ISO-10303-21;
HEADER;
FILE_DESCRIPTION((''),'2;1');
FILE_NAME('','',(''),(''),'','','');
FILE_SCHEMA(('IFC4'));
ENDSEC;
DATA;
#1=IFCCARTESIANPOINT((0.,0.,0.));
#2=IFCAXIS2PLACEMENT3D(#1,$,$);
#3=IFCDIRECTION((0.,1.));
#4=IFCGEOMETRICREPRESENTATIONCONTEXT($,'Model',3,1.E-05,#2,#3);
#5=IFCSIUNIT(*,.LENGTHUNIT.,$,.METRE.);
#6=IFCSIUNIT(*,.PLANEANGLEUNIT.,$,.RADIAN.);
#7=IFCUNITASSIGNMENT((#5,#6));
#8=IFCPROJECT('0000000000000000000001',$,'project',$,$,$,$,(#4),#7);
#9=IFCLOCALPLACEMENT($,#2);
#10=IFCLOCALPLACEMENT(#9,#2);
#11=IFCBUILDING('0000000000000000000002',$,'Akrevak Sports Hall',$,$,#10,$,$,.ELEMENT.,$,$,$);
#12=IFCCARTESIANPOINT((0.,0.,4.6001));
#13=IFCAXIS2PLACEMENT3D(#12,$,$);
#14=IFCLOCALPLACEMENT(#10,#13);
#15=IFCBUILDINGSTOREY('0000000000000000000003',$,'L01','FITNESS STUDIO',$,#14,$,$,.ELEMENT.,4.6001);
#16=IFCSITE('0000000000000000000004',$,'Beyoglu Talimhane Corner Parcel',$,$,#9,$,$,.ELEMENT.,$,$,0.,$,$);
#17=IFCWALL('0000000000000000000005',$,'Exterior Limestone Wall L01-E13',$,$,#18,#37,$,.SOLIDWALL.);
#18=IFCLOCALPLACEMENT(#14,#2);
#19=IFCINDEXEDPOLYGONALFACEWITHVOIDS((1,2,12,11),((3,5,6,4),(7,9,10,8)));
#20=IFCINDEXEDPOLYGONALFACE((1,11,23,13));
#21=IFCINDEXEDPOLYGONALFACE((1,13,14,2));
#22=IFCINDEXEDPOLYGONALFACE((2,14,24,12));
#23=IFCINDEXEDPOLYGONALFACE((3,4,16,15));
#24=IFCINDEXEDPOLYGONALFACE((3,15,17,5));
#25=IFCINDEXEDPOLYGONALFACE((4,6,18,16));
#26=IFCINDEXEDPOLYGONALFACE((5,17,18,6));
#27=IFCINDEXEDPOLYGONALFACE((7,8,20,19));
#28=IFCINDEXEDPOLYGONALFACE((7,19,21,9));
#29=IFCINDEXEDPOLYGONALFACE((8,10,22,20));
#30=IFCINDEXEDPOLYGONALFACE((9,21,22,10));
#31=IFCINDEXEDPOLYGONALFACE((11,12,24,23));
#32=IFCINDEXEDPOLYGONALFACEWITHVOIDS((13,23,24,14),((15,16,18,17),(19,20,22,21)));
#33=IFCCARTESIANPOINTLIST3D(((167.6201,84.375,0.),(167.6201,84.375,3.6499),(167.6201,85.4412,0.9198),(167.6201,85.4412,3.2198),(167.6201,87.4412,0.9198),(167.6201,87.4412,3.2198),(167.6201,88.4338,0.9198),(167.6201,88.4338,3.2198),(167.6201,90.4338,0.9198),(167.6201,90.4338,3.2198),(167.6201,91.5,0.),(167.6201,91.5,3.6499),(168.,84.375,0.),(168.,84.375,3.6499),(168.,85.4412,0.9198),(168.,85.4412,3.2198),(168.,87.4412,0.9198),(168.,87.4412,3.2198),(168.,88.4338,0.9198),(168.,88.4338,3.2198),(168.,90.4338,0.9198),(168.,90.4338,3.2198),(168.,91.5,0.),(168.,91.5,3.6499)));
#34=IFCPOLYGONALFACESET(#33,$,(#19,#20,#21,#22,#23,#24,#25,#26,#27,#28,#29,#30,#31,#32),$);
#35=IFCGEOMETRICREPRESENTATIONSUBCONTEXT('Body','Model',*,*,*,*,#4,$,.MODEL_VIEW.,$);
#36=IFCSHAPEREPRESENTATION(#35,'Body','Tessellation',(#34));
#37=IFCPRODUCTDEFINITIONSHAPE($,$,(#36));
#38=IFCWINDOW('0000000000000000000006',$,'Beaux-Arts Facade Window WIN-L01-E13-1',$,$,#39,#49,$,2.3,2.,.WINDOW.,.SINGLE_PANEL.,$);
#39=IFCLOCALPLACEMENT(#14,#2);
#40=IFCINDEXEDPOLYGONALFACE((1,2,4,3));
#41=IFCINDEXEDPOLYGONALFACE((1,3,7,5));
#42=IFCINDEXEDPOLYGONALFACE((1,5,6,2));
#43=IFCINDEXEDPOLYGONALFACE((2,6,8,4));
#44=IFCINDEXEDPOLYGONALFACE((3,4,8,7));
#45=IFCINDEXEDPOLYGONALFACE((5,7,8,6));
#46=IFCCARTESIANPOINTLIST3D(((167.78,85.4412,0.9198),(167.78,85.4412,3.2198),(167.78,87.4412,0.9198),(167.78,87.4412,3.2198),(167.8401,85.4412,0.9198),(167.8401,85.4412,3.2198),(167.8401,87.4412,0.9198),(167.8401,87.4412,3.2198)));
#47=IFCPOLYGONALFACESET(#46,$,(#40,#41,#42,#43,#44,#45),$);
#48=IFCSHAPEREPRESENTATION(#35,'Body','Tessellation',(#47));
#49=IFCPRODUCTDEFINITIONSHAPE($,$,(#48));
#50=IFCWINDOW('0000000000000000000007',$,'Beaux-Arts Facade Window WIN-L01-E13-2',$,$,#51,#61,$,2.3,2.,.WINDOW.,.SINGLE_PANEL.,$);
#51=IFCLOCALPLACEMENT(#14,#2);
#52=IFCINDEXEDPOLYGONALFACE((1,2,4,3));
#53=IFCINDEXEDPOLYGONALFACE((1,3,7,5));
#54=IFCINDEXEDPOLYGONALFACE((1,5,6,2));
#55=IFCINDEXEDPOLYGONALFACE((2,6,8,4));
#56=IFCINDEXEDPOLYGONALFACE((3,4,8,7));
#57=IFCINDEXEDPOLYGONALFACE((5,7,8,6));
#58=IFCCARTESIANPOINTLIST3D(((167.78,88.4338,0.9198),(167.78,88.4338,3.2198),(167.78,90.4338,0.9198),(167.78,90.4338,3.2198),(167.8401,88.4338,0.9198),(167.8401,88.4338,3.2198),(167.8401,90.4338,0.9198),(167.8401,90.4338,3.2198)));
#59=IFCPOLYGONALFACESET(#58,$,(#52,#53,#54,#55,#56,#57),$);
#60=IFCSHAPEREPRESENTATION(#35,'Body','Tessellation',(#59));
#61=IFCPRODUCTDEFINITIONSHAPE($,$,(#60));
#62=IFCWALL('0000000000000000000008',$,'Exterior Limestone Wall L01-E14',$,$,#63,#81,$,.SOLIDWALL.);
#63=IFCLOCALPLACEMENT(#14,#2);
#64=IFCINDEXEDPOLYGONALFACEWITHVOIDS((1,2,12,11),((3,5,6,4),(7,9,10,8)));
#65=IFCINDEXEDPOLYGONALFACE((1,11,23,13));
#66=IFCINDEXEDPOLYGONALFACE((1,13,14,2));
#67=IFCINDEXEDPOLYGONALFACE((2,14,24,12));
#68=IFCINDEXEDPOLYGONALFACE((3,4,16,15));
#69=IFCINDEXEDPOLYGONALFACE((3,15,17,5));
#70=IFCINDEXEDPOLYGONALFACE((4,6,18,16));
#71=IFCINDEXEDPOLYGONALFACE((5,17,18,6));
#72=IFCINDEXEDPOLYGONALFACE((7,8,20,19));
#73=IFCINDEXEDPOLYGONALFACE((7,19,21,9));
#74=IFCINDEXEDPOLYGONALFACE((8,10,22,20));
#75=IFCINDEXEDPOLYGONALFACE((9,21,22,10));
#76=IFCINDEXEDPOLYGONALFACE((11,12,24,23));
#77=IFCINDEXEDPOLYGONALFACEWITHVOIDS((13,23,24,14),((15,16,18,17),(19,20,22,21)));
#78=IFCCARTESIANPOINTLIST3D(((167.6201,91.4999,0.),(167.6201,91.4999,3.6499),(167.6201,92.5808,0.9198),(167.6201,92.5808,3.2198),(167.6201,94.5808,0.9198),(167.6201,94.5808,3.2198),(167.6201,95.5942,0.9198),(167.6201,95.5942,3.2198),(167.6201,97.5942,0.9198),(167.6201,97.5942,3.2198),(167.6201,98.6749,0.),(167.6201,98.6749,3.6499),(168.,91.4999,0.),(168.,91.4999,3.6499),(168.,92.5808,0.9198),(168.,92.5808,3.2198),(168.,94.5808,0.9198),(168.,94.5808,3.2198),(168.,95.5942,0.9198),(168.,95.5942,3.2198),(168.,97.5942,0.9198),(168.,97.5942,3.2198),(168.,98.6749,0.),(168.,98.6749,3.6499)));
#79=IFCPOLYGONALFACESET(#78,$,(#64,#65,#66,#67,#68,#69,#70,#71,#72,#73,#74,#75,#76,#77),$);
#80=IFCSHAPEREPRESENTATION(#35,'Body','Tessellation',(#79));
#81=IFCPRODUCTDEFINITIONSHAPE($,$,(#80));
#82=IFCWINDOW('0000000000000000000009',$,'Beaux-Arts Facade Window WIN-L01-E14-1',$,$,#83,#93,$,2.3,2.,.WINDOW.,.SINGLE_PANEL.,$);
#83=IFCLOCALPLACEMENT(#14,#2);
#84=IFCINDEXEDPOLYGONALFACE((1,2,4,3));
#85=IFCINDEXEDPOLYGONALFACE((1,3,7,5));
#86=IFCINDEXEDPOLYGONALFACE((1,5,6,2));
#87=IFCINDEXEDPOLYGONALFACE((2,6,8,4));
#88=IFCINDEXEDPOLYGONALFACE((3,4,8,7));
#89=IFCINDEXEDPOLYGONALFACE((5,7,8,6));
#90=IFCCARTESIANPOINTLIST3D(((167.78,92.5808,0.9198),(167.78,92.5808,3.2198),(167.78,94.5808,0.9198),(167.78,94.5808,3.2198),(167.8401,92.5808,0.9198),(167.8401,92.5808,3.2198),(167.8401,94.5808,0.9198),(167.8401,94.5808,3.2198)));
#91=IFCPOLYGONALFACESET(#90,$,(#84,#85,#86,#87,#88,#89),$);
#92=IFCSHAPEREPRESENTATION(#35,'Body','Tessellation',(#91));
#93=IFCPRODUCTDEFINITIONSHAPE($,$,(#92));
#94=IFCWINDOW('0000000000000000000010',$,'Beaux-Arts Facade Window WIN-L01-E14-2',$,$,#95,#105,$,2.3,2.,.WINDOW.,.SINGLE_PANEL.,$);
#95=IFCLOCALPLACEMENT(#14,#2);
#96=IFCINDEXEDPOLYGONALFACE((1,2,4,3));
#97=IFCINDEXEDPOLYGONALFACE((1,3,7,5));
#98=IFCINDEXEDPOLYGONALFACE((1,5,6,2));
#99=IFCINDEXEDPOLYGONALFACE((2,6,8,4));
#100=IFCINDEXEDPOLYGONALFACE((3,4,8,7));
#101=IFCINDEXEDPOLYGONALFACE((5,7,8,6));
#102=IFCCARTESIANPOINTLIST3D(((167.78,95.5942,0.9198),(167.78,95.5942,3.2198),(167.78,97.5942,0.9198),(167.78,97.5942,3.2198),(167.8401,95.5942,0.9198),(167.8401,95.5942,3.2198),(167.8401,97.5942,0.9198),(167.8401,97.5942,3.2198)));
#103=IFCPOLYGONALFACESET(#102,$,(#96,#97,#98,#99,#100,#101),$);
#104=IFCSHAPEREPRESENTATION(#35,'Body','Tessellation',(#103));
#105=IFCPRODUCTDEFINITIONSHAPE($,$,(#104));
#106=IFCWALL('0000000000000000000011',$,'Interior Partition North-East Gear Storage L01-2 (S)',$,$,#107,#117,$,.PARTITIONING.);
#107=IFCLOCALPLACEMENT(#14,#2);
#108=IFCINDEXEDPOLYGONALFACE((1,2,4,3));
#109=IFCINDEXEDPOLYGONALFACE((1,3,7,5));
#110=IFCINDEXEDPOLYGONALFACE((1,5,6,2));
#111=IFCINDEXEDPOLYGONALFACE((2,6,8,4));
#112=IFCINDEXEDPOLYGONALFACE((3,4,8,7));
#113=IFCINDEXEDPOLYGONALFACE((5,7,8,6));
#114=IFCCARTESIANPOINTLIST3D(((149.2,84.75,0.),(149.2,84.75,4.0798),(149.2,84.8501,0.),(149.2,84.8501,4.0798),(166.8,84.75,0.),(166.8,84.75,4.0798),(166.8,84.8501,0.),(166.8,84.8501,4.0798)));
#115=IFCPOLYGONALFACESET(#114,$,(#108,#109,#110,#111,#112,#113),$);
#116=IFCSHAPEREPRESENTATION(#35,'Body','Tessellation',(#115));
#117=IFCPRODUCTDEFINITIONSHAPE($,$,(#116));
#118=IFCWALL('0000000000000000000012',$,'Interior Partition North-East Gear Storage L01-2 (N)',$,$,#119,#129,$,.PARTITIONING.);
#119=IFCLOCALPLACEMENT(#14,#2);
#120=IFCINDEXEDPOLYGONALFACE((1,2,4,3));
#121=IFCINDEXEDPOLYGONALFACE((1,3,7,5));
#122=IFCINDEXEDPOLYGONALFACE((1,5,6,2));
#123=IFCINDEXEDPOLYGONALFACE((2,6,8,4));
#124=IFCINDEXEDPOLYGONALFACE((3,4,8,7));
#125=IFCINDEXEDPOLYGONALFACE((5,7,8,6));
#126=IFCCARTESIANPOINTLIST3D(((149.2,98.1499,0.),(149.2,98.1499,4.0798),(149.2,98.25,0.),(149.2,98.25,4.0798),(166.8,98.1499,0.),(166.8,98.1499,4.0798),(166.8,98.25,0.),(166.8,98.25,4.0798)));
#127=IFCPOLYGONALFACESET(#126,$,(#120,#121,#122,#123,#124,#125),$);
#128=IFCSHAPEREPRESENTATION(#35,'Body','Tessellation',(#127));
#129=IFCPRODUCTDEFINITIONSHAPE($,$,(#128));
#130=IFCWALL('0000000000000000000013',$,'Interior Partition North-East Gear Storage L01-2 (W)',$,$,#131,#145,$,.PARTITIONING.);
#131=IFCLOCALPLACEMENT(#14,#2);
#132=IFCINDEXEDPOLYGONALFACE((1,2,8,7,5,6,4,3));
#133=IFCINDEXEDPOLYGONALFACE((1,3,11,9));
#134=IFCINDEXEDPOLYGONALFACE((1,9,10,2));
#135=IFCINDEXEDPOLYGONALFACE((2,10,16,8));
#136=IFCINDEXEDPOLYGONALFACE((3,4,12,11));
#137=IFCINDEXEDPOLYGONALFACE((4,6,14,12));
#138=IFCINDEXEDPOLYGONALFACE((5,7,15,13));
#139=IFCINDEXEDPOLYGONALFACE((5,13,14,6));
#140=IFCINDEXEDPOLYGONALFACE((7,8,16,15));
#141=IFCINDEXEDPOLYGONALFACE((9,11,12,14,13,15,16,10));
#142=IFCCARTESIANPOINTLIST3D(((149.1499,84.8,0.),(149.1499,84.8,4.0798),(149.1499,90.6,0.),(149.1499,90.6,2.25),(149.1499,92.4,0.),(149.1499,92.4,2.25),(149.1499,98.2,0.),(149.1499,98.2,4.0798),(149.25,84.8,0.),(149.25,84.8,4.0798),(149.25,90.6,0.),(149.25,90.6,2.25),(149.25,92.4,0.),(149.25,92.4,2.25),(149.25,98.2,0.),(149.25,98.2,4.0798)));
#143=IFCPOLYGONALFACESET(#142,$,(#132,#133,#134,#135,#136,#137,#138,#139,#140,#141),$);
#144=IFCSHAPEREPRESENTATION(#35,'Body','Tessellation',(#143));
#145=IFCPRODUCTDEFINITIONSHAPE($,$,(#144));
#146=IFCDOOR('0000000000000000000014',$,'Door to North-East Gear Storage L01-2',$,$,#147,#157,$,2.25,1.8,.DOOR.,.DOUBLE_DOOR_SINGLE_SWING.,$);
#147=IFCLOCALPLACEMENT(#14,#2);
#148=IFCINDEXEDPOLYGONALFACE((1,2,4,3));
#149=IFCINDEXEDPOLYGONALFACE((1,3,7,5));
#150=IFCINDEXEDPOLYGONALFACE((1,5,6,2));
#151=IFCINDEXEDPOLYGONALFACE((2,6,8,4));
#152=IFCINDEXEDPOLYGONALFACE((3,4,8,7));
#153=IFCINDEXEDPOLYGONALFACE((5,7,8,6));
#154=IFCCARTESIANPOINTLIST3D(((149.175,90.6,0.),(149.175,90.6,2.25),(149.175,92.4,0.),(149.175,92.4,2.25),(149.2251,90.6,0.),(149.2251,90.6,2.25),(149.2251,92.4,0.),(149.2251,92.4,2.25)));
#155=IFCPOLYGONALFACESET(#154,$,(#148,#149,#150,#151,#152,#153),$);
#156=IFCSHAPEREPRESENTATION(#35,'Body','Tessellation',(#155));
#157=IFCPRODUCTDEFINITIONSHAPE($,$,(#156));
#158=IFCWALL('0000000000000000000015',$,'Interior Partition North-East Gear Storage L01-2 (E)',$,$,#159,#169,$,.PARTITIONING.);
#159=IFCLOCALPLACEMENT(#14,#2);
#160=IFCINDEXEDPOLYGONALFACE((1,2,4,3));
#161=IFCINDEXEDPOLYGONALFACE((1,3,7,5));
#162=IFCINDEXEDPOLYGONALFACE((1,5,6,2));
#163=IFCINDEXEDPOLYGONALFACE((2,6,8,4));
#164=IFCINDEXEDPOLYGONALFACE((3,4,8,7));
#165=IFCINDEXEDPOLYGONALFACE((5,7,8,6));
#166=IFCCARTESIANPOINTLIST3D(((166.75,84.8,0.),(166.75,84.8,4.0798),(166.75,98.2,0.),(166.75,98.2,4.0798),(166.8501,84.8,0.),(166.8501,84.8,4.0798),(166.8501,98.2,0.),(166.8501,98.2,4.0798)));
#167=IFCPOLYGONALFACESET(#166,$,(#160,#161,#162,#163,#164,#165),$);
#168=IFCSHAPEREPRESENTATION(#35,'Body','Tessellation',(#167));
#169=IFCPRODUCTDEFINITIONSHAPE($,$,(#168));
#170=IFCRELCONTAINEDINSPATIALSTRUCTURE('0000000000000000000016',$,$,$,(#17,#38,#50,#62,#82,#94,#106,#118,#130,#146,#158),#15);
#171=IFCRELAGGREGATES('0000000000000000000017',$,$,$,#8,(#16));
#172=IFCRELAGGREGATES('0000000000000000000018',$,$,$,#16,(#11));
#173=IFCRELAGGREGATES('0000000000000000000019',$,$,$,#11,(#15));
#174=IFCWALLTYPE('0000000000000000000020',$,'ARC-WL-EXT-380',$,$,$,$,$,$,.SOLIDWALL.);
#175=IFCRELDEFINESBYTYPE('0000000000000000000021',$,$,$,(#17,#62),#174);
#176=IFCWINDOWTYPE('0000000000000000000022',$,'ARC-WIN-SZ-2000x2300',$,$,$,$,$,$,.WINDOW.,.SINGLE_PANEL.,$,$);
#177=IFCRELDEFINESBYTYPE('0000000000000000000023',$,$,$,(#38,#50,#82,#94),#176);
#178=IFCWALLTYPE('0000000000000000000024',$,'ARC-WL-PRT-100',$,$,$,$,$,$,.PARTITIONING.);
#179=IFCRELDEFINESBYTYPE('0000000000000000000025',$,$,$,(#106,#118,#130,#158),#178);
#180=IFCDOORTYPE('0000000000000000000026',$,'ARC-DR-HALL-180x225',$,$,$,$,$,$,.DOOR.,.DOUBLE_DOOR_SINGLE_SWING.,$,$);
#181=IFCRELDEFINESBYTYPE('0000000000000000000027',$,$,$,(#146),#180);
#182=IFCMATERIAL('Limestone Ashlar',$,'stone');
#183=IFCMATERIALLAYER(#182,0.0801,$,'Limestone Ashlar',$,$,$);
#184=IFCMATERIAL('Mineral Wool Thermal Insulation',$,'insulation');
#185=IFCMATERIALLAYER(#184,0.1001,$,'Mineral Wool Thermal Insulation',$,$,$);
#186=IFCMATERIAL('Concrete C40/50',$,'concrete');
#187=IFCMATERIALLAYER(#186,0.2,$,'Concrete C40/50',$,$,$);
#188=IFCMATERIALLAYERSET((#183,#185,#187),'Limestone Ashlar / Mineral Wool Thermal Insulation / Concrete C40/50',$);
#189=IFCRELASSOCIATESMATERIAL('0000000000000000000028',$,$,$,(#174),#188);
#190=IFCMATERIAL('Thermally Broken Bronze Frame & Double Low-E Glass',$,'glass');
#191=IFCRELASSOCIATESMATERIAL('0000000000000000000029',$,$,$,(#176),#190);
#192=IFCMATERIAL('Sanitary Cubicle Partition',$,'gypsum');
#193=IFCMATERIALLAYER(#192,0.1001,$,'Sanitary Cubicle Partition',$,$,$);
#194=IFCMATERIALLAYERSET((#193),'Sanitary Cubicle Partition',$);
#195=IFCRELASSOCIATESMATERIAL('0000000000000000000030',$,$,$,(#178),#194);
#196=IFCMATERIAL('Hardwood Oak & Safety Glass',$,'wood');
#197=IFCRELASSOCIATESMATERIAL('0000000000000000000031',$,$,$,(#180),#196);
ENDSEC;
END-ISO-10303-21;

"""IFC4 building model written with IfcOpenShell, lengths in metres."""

from ifc_helpers import new_model, si_unit, direction, frame, frame_2d, origin, place, context, subcontext, project, spatial, rectangle, extrude, material, layer, layer_set, type_object, element, fill, save


model = new_model("IFC4")

# Units and contexts
model_context = context("Model", 3, precision=1e-05, world=origin(), true_north=direction((0.0, 1.0)))
body_context = subcontext(model_context, "Body", "Model", "MODEL_VIEW")
ifc_project = project(units=[si_unit("LENGTHUNIT", "METRE"), si_unit("PLANEANGLEUNIT", "RADIAN")], contexts=[model_context])

# Site, building, storey
site_placement = place(None, origin())
site = spatial("IfcSite", under=ifc_project, at=site_placement, Name="Beyoglu Talimhane Corner Parcel", CompositionType="ELEMENT", RefElevation=0.0)
building_placement = place(site_placement, origin())
building = spatial("IfcBuilding", under=site, at=building_placement, Name="Akrevak Sports Hall", CompositionType="ELEMENT")
storey_placement = place(building_placement, frame((0.0, 0.0, 4.6001)))
storey = spatial("IfcBuildingStorey", under=building, at=storey_placement, Name="L01", Description="FITNESS STUDIO", CompositionType="ELEMENT", Elevation=4.6001)

# Shared definitions
ifc_material_1 = material(Name="Concrete C40/50", Category="concrete")

# Walls, openings, windows
ifc_material_2 = material(Name="Limestone Ashlar", Category="stone")
ifc_layer_1 = layer(ifc_material_2, 0.0801, Name="Limestone Ashlar")
ifc_material_3 = material(Name="Mineral Wool Thermal Insulation", Category="insulation")
ifc_layer_2 = layer(ifc_material_3, 0.1001, Name="Mineral Wool Thermal Insulation")
ifc_layer_3 = layer(ifc_material_1, 0.2, Name="Concrete C40/50")
ifc_layer_set_1 = layer_set([ifc_layer_1, ifc_layer_2, ifc_layer_3], Name="Limestone Ashlar / Mineral Wool Thermal Insulation / Concrete C40/50")
wall_type_1 = type_object("IfcWallType", Name="ARC-WL-EXT-380", PredefinedType="SOLIDWALL", material=ifc_layer_set_1)
ifc_material_4 = material(Name="Thermally Broken Bronze Frame & Double Low-E Glass", Category="glass")
window_type = type_object("IfcWindowType", Name="ARC-WIN-SZ-2000x2300", PartitioningType="SINGLE_PANEL", PredefinedType="WINDOW", material=ifc_material_4)
wall_1_placement = place(storey_placement, frame((167.8101, 84.375, 0.0), z_axis=(0.0, 0.0, 1.0), x_axis=(0.0, 1.0, 0.0)))
wall_1 = element("IfcWall", 1, at=wall_1_placement, inside=storey, type_object=wall_type_1, Name="Exterior Limestone Wall L01-E13", PredefinedType="SOLIDWALL", context=body_context, shape_type="SweptSolid", body=[
    extrude(rectangle(XDim=7.125, YDim=0.3799, at=frame_2d((3.5625, 0.0))), origin(), (0.0, 0.0, 1.0), 3.6499),
])
opening_1_placement = place(wall_1_placement, frame((1.0662, 0.0, 0.9199)))
opening_1 = element("IfcOpeningElement", 2, at=opening_1_placement, cuts=wall_1, PredefinedType="OPENING", context=body_context, shape_type="SweptSolid", body=[
    extrude(rectangle(XDim=2.0, YDim=2.3, at=frame_2d((1.0, 1.1499))), frame((0.0, 0.2019, 0.0), z_axis=(0.0, -1.0, 0.0), x_axis=(1.0, 0.0, 0.0)), (0.0, 0.0, 1.0), 0.4038),
])
opening_2_placement = place(wall_1_placement, frame((4.0588, 0.0, 0.9199)))
opening_2 = element("IfcOpeningElement", 3, at=opening_2_placement, cuts=wall_1, PredefinedType="OPENING", context=body_context, shape_type="SweptSolid", body=[
    extrude(rectangle(XDim=2.0, YDim=2.3, at=frame_2d((1.0, 1.1499))), frame((0.0, 0.2019, 0.0), z_axis=(0.0, -1.0, 0.0), x_axis=(1.0, 0.0, 0.0)), (0.0, 0.0, 1.0), 0.4038),
])
window_1_placement = place(opening_1_placement, origin())
window_1 = element("IfcWindow", 4, at=window_1_placement, inside=storey, type_object=window_type, Name="Beaux-Arts Facade Window WIN-L01-E13-1", OverallHeight=2.3, OverallWidth=2.0, PartitioningType="SINGLE_PANEL", PredefinedType="WINDOW", context=body_context, shape_type="SweptSolid", body=[
    extrude(rectangle(XDim=2.0, YDim=2.3, at=frame_2d((1.0, 1.1499))), frame((0.0, 0.03, 0.0), z_axis=(0.0, -1.0, 0.0), x_axis=(1.0, 0.0, 0.0)), (0.0, 0.0, 1.0), 0.0601),
])
fill(opening_1, window_1)
window_2_placement = place(opening_2_placement, origin())
window_2 = element("IfcWindow", 5, at=window_2_placement, inside=storey, type_object=window_type, Name="Beaux-Arts Facade Window WIN-L01-E13-2", OverallHeight=2.3, OverallWidth=2.0, PartitioningType="SINGLE_PANEL", PredefinedType="WINDOW", context=body_context, shape_type="SweptSolid", body=[
    extrude(rectangle(XDim=2.0, YDim=2.3, at=frame_2d((1.0, 1.1499))), frame((0.0, 0.03, 0.0), z_axis=(0.0, -1.0, 0.0), x_axis=(1.0, 0.0, 0.0)), (0.0, 0.0, 1.0), 0.0601),
])
fill(opening_2, window_2)
wall_2_placement = place(storey_placement, frame((167.8101, 91.5, 0.0), z_axis=(0.0, 0.0, 1.0), x_axis=(0.0, 1.0, 0.0)))
wall_2 = element("IfcWall", 6, at=wall_2_placement, inside=storey, type_object=wall_type_1, Name="Exterior Limestone Wall L01-E14", PredefinedType="SOLIDWALL", context=body_context, shape_type="SweptSolid", body=[
    extrude(rectangle(XDim=7.175, YDim=0.3799, at=frame_2d((3.5874, 0.0))), origin(), (0.0, 0.0, 1.0), 3.6499),
])
opening_3_placement = place(wall_2_placement, frame((1.0808, 0.0, 0.9199)))
opening_3 = element("IfcOpeningElement", 7, at=opening_3_placement, cuts=wall_2, PredefinedType="OPENING", context=body_context, shape_type="SweptSolid", body=[
    extrude(rectangle(XDim=2.0, YDim=2.3, at=frame_2d((1.0, 1.1499))), frame((0.0, 0.2019, 0.0), z_axis=(0.0, -1.0, 0.0), x_axis=(1.0, 0.0, 0.0)), (0.0, 0.0, 1.0), 0.4038),
])
opening_4_placement = place(wall_2_placement, frame((4.0942, 0.0, 0.9199)))
opening_4 = element("IfcOpeningElement", 8, at=opening_4_placement, cuts=wall_2, PredefinedType="OPENING", context=body_context, shape_type="SweptSolid", body=[
    extrude(rectangle(XDim=2.0, YDim=2.3, at=frame_2d((1.0, 1.1499))), frame((0.0, 0.2019, 0.0), z_axis=(0.0, -1.0, 0.0), x_axis=(1.0, 0.0, 0.0)), (0.0, 0.0, 1.0), 0.4038),
])
window_3_placement = place(opening_3_placement, origin())
window_3 = element("IfcWindow", 9, at=window_3_placement, inside=storey, type_object=window_type, Name="Beaux-Arts Facade Window WIN-L01-E14-1", OverallHeight=2.3, OverallWidth=2.0, PartitioningType="SINGLE_PANEL", PredefinedType="WINDOW", context=body_context, shape_type="SweptSolid", body=[
    extrude(rectangle(XDim=2.0, YDim=2.3, at=frame_2d((1.0, 1.1499))), frame((0.0, 0.03, 0.0), z_axis=(0.0, -1.0, 0.0), x_axis=(1.0, 0.0, 0.0)), (0.0, 0.0, 1.0), 0.0601),
])
fill(opening_3, window_3)
window_4_placement = place(opening_4_placement, origin())
window_4 = element("IfcWindow", 10, at=window_4_placement, inside=storey, type_object=window_type, Name="Beaux-Arts Facade Window WIN-L01-E14-2", OverallHeight=2.3, OverallWidth=2.0, PartitioningType="SINGLE_PANEL", PredefinedType="WINDOW", context=body_context, shape_type="SweptSolid", body=[
    extrude(rectangle(XDim=2.0, YDim=2.3, at=frame_2d((1.0, 1.1499))), frame((0.0, 0.03, 0.0), z_axis=(0.0, -1.0, 0.0), x_axis=(1.0, 0.0, 0.0)), (0.0, 0.0, 1.0), 0.0601),
])
fill(opening_4, window_4)

# Walls
ifc_material_5 = material(Name="Sanitary Cubicle Partition", Category="gypsum")
ifc_layer_4 = layer(ifc_material_5, 0.1001, Name="Sanitary Cubicle Partition")
ifc_layer_set_2 = layer_set([ifc_layer_4], Name="Sanitary Cubicle Partition")
wall_type_2 = type_object("IfcWallType", Name="ARC-WL-PRT-100", PredefinedType="PARTITIONING", material=ifc_layer_set_2)
for number, where, z_axis, x_axis, name in (
    (11, (149.2, 84.8, 0.0), (0.0, 0.0, 1.0), (1.0, 0.0, 0.0), "Interior Partition North-East Gear Storage L01-2 (S)"),
    (12, (149.2, 98.2, 0.0), (0.0, 0.0, 1.0), (1.0, 0.0, 0.0), "Interior Partition North-East Gear Storage L01-2 (N)"),
):
    element("IfcWall", number, at=place(storey_placement, frame(where, z_axis=z_axis, x_axis=x_axis)), inside=storey, type_object=wall_type_2, Name=name, PredefinedType="PARTITIONING", context=body_context, shape_type="SweptSolid", body=[
        extrude(rectangle(XDim=17.6001, YDim=0.1001, at=frame_2d((8.8, 0.0))), origin(), (0.0, 0.0, 1.0), 4.0798),
    ])

# Wall, opening, door
wall_3_placement = place(storey_placement, frame((149.2, 84.8, 0.0), z_axis=(0.0, 0.0, 1.0), x_axis=(0.0, 1.0, 0.0)))
wall_3 = element("IfcWall", 13, at=wall_3_placement, inside=storey, type_object=wall_type_2, Name="Interior Partition North-East Gear Storage L01-2 (W)", PredefinedType="PARTITIONING", context=body_context, shape_type="SweptSolid", body=[
    extrude(rectangle(XDim=13.3999, YDim=0.1001, at=frame_2d((6.7, 0.0))), origin(), (0.0, 0.0, 1.0), 4.0798),
])
opening_5_placement = place(wall_3_placement, frame((5.8, 0.0, 0.0)))
opening_5 = element("IfcOpeningElement", 14, at=opening_5_placement, cuts=wall_3, PredefinedType="OPENING", context=body_context, shape_type="SweptSolid", body=[
    extrude(rectangle(XDim=1.8, YDim=2.25, at=frame_2d((0.8999, 1.125))), frame((0.0, 0.062, 0.0), z_axis=(0.0, -1.0, 0.0), x_axis=(1.0, 0.0, 0.0)), (0.0, 0.0, 1.0), 0.124),
])
ifc_material_6 = material(Name="Hardwood Oak & Safety Glass", Category="wood")
door_type = type_object("IfcDoorType", Name="ARC-DR-HALL-180x225", OperationType="DOUBLE_DOOR_SINGLE_SWING", PredefinedType="DOOR", material=ifc_material_6)
door_placement = place(opening_5_placement, origin())
door = element("IfcDoor", 15, at=door_placement, inside=storey, type_object=door_type, Name="Door to North-East Gear Storage L01-2", OperationType="DOUBLE_DOOR_SINGLE_SWING", OverallHeight=2.25, OverallWidth=1.8, PredefinedType="DOOR", context=body_context, shape_type="SweptSolid", body=[
    extrude(rectangle(XDim=1.8, YDim=2.25, at=frame_2d((0.8999, 1.125))), frame((0.0, 0.0249, 0.0), z_axis=(0.0, -1.0, 0.0), x_axis=(1.0, 0.0, 0.0)), (0.0, 0.0, 1.0), 0.05),
])
fill(opening_5, door)

# Wall
wall_4_placement = place(storey_placement, frame((166.8, 84.8, 0.0), z_axis=(0.0, 0.0, 1.0), x_axis=(0.0, 1.0, 0.0)))
element("IfcWall", 16, at=wall_4_placement, inside=storey, type_object=wall_type_2, Name="Interior Partition North-East Gear Storage L01-2 (E)", PredefinedType="PARTITIONING", context=body_context, shape_type="SweptSolid", body=[
    extrude(rectangle(XDim=13.3999, YDim=0.1001, at=frame_2d((6.7, 0.0))), origin(), (0.0, 0.0, 1.0), 4.0798),
])

save(model, "model.ifc")
